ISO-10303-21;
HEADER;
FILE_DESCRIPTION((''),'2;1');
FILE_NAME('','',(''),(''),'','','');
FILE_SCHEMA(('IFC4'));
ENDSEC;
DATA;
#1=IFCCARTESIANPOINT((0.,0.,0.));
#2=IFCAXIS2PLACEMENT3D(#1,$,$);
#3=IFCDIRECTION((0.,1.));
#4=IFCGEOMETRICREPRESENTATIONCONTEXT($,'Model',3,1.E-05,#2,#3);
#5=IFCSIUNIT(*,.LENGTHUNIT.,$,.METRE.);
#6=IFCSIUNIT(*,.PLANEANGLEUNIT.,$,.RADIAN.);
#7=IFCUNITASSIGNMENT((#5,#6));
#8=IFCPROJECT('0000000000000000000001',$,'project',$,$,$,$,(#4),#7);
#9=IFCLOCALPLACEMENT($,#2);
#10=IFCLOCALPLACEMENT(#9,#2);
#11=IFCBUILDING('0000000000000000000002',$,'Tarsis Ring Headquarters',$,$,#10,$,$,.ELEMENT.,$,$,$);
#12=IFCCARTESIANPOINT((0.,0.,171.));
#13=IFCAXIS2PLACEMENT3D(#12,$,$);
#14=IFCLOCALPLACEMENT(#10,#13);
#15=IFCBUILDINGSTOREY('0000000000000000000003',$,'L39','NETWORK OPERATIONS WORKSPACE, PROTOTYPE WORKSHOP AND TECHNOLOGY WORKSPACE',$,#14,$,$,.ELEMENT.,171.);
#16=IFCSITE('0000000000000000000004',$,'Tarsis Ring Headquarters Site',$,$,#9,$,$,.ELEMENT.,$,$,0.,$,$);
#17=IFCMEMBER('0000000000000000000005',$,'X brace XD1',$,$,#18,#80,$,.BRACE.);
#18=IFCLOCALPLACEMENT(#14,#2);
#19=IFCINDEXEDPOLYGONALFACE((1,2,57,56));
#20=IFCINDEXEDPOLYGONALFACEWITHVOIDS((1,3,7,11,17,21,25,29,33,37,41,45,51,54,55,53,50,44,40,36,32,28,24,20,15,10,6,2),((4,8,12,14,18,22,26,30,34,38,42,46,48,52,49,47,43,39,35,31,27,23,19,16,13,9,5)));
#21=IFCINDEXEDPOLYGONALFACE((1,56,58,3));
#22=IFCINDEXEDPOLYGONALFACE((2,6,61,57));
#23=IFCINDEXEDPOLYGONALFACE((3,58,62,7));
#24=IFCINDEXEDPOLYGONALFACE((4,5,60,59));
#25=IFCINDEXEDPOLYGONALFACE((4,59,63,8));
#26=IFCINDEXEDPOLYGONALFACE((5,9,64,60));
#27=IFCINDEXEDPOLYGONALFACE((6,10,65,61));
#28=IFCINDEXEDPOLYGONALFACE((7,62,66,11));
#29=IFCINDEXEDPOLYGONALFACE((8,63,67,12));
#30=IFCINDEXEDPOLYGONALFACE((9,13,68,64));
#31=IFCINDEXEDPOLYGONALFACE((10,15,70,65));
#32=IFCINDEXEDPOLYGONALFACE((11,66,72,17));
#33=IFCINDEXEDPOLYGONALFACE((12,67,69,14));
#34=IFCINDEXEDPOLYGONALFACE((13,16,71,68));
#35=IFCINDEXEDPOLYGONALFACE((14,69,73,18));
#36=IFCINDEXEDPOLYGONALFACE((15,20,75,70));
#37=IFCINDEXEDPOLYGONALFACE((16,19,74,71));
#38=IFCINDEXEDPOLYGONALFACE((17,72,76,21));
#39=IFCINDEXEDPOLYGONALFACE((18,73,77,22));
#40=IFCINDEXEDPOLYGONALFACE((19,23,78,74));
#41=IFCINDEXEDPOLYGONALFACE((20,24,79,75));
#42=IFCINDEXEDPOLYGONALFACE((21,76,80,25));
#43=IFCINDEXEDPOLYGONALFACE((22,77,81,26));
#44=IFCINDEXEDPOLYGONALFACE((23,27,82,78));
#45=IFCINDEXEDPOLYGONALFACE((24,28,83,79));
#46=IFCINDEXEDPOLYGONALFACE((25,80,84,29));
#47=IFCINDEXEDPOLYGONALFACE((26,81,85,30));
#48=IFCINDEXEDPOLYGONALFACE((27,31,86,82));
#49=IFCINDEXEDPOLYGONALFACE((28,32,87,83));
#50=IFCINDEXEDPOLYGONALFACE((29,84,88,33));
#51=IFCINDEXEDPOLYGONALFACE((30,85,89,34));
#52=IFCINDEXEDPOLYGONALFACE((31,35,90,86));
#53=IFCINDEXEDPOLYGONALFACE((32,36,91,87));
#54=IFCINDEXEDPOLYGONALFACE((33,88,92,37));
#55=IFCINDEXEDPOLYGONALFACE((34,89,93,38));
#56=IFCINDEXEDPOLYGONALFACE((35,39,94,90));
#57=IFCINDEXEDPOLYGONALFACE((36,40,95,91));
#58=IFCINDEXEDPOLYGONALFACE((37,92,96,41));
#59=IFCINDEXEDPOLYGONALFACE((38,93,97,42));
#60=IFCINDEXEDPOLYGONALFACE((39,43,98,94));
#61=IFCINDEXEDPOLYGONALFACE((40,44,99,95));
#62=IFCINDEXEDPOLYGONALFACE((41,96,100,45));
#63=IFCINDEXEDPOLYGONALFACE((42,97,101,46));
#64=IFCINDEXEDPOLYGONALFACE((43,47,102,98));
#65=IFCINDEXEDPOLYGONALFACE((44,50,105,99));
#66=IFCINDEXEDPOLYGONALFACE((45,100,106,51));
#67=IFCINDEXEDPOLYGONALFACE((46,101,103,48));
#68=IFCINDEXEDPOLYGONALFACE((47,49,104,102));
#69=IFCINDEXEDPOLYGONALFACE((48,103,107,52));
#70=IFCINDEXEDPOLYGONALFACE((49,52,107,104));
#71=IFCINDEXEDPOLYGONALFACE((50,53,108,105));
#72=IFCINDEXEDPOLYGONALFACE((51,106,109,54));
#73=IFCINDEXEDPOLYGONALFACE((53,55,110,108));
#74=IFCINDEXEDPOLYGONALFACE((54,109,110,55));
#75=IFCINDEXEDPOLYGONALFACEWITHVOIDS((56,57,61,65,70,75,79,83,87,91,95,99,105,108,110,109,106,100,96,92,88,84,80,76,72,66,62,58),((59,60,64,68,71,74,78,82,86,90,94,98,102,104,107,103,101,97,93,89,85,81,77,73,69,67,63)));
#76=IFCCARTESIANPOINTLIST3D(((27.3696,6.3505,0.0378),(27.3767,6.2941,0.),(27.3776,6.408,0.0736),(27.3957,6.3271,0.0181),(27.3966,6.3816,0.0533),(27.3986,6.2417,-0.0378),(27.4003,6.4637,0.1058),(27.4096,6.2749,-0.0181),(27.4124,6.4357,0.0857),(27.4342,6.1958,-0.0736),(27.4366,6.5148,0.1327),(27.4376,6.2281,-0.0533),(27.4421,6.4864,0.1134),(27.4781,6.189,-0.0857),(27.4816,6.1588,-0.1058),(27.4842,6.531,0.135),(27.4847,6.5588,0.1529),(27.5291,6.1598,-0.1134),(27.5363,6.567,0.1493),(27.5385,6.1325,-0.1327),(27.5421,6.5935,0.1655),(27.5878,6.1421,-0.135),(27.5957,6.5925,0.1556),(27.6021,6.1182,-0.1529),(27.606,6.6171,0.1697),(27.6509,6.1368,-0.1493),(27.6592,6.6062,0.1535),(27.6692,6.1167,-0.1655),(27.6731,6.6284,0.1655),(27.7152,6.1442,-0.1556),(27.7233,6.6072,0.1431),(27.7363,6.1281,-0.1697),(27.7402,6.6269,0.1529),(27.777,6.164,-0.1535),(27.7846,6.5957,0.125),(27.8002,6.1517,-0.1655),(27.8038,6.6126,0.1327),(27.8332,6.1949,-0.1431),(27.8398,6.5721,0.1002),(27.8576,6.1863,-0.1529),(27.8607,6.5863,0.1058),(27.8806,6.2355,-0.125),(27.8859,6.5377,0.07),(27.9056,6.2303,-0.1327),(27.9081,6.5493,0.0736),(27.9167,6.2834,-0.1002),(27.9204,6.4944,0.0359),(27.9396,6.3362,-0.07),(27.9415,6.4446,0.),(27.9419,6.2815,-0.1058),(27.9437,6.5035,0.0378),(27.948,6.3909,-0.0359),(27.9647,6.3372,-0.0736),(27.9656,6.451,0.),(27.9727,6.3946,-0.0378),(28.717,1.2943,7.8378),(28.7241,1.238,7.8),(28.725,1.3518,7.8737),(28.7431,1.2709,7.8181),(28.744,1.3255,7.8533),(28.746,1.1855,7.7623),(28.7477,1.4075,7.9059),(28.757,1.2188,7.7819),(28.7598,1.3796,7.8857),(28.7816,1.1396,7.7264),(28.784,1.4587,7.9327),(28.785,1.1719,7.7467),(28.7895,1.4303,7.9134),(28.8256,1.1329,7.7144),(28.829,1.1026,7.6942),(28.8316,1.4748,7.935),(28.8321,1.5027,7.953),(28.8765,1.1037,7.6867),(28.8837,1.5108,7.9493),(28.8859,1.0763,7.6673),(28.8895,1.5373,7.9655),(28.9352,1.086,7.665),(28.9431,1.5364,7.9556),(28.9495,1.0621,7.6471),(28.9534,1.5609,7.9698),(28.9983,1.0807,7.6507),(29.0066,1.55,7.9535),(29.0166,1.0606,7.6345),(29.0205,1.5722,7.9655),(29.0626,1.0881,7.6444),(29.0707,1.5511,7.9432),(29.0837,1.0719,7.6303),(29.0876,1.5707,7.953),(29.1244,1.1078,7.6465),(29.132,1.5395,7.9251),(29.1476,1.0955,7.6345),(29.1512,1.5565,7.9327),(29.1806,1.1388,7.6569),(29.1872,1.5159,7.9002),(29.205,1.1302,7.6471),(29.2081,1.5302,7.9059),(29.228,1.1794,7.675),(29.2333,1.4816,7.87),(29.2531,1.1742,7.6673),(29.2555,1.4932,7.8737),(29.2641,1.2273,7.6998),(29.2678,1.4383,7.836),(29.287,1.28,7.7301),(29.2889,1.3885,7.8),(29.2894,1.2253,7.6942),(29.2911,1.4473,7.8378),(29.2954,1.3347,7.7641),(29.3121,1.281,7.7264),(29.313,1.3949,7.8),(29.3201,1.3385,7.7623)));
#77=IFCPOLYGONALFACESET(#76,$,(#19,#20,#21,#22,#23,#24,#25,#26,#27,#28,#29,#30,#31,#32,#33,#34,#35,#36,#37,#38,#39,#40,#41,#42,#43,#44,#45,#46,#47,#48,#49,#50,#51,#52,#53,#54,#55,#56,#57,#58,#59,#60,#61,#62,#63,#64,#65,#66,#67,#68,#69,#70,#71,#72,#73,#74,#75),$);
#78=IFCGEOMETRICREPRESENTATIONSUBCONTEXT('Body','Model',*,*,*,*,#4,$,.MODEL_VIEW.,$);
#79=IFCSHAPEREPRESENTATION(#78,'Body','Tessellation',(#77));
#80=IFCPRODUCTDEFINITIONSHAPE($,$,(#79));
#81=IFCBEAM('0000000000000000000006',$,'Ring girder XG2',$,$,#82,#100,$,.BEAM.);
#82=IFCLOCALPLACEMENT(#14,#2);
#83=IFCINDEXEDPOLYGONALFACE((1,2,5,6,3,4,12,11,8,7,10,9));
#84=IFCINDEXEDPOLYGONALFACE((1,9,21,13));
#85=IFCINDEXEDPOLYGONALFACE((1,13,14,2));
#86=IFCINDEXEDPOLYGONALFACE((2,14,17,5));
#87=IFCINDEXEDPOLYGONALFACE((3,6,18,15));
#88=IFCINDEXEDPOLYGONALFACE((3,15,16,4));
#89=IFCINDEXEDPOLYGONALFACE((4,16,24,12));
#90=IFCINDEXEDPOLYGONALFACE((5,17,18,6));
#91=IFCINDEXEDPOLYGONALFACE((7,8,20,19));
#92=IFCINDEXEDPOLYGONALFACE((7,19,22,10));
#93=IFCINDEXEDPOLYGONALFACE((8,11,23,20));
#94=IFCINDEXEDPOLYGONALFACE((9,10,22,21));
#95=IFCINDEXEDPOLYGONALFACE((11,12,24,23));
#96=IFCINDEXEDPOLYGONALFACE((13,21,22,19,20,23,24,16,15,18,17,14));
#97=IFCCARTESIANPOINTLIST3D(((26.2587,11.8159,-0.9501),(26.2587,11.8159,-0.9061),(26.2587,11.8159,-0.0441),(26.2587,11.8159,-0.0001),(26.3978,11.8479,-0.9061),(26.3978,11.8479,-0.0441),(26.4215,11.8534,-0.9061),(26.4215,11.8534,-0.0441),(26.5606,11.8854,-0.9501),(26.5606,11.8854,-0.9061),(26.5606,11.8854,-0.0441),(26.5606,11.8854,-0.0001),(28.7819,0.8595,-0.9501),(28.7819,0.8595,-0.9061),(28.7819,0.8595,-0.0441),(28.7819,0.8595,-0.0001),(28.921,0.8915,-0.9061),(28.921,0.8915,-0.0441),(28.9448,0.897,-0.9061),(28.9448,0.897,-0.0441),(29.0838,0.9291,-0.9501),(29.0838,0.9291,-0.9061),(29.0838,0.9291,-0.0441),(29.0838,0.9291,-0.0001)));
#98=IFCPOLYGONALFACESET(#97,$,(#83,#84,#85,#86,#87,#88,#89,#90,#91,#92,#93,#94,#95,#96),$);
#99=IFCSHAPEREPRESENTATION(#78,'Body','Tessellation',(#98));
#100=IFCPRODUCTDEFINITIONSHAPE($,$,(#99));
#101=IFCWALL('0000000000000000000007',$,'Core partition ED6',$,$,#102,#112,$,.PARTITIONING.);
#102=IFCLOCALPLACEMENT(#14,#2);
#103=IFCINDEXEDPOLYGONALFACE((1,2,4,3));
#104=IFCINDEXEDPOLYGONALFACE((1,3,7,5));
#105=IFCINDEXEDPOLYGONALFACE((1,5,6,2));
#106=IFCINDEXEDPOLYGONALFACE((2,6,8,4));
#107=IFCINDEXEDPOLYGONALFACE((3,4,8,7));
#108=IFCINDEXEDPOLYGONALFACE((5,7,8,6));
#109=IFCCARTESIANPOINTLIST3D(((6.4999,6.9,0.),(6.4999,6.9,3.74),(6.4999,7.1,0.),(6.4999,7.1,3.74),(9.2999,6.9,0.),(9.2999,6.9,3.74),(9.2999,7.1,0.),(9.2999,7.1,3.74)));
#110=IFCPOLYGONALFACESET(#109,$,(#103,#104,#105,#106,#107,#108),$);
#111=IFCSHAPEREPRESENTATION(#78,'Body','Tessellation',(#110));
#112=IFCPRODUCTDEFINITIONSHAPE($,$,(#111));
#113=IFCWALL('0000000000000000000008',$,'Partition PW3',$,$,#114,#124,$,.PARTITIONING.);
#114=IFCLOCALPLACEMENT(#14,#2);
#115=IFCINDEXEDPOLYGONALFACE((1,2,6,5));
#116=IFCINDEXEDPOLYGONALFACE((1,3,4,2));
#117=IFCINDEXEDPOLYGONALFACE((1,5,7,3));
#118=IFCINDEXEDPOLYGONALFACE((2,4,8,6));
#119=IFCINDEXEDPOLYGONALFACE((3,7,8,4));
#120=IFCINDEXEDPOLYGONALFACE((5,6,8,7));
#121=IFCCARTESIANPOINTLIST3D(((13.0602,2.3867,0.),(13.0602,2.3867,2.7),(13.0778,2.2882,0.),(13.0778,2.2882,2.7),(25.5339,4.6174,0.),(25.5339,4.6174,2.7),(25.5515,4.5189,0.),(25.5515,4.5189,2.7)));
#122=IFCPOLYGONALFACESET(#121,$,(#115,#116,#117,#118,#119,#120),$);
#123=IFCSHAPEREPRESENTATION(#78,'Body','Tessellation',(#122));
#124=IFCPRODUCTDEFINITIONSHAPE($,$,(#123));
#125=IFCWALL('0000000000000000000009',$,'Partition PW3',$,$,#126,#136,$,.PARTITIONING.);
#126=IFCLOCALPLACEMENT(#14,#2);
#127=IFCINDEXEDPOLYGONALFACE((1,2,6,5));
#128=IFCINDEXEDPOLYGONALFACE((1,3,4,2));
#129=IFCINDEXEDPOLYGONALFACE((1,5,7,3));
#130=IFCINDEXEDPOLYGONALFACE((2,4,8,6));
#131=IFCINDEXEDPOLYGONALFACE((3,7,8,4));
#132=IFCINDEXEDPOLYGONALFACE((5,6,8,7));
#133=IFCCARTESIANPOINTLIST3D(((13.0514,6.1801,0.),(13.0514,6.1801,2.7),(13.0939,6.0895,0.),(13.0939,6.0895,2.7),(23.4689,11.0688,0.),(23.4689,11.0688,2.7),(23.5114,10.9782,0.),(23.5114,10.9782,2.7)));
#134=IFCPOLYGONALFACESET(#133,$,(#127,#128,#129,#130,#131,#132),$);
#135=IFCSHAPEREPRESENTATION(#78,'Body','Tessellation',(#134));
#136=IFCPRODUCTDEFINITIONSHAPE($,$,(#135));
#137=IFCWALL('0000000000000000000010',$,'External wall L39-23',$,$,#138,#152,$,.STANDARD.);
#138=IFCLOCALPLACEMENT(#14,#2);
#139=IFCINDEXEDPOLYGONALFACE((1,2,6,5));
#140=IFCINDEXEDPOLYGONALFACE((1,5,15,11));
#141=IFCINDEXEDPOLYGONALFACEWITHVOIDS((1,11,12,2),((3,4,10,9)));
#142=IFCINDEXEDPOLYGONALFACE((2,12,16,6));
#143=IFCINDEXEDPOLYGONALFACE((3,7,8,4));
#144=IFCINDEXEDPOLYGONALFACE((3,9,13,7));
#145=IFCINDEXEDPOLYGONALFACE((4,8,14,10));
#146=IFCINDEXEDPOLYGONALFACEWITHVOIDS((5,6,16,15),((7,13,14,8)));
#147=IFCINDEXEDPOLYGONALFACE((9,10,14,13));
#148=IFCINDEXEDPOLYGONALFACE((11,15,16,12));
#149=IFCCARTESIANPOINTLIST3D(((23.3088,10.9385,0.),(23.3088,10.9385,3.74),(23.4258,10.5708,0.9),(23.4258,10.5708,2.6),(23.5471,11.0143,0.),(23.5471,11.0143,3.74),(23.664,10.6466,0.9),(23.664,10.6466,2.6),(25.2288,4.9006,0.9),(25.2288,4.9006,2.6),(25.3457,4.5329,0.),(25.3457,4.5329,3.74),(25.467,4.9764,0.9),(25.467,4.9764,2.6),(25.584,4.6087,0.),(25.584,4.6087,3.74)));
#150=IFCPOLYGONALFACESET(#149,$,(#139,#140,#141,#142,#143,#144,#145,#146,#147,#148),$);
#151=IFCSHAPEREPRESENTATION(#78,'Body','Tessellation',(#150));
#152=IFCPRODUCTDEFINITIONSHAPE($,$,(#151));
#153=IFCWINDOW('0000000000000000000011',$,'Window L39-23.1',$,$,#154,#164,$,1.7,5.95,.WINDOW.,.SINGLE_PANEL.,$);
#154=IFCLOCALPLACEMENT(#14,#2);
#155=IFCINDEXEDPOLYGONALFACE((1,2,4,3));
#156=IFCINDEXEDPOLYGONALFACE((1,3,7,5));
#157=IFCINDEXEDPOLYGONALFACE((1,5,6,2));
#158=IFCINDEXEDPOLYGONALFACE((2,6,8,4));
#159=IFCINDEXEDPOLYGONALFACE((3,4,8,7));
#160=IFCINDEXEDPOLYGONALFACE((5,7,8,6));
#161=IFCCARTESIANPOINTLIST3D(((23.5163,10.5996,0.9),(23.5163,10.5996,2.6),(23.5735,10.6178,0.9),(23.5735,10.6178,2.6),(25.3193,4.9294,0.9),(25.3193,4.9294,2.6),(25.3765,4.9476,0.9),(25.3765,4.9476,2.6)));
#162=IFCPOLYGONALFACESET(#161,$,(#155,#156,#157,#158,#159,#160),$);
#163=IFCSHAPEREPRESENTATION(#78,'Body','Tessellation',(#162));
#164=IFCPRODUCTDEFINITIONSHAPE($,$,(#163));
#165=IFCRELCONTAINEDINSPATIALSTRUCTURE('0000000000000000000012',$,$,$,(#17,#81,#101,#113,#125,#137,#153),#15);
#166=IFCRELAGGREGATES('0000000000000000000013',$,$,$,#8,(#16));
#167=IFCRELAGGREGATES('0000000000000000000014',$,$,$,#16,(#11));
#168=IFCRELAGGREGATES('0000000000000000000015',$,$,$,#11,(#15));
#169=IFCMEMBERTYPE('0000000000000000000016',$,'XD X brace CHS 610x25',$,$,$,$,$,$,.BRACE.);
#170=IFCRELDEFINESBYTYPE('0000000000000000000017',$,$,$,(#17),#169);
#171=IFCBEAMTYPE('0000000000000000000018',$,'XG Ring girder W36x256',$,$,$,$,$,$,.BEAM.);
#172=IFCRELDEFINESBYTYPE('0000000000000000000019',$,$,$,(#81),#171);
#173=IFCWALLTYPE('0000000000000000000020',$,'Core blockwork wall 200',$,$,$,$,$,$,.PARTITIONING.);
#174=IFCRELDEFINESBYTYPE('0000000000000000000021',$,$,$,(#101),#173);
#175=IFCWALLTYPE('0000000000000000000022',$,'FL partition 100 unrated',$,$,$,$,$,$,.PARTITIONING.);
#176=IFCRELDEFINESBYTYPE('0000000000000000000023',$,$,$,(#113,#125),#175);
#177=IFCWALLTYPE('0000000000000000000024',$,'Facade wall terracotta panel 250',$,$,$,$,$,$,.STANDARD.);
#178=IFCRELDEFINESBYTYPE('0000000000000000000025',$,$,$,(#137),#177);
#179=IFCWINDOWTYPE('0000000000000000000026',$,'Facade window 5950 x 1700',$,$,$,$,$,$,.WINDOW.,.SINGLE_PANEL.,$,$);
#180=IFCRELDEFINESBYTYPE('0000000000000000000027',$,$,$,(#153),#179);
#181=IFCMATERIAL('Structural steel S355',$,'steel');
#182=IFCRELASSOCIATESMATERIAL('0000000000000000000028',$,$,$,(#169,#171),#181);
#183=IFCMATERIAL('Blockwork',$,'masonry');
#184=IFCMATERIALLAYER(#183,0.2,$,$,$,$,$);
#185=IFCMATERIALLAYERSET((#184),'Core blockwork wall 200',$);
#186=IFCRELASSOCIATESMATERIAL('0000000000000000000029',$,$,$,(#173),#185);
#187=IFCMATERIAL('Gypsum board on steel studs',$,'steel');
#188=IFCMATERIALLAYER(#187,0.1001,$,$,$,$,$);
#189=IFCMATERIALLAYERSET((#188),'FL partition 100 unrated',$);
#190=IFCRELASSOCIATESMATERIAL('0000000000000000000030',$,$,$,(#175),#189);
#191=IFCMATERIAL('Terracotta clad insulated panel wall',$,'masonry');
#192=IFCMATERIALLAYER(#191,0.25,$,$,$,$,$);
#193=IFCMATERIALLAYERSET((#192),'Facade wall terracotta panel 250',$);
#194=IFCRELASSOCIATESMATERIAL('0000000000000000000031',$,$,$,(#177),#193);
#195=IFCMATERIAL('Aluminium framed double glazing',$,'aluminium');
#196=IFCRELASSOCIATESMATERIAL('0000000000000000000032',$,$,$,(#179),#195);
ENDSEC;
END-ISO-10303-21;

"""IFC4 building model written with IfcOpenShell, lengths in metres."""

from ifc_helpers import new_model, si_unit, direction, frame, frame_2d, origin, origin_2d, place, context, subcontext, project, spatial, rectangle, hollow_circle, i_section, extrude, material, layer, layer_set, material_profile, profile_set, type_object, element, fill, save


model = new_model("IFC4")

# Units and contexts
model_context = context("Model", 3, precision=1e-05, world=origin(), true_north=direction((0.0, 1.0)))
body_context = subcontext(model_context, "Body", "Model", "MODEL_VIEW")
ifc_project = project(units=[si_unit("LENGTHUNIT", "METRE"), si_unit("PLANEANGLEUNIT", "RADIAN")], contexts=[model_context])

# Site, building, storey
site_placement = place(None, origin())
site = spatial("IfcSite", under=ifc_project, at=site_placement, Name="Tarsis Ring Headquarters Site", CompositionType="ELEMENT", RefElevation=0.0)
building_placement = place(site_placement, origin())
building = spatial("IfcBuilding", under=site, at=building_placement, Name="Tarsis Ring Headquarters", CompositionType="ELEMENT")
storey_placement = place(building_placement, frame((0.0, 0.0, 171.0)))
storey = spatial("IfcBuildingStorey", under=building, at=storey_placement, Name="L39", Description="NETWORK OPERATIONS WORKSPACE, PROTOTYPE WORKSHOP AND TECHNOLOGY WORKSPACE", CompositionType="ELEMENT", Elevation=171.0)

# Shared definitions
ifc_material_1 = material(Name="Structural steel S355", Category="steel")

# Shared definitions
ifc_material_profile_1 = material_profile(ifc_material_1, i_section(OverallWidth=0.3098, OverallDepth=0.95, WebThickness=0.0244, FlangeThickness=0.0439, at=origin_2d()), Name="W36x256")
ifc_profile_set_1 = profile_set([ifc_material_profile_1], Name="Structural steel S355")

# Member
ifc_material_profile_2 = material_profile(ifc_material_1, hollow_circle(Radius=0.3047, WallThickness=0.0249, at=origin_2d()), Name="CHS 610x25")
ifc_profile_set_2 = profile_set([ifc_material_profile_2], Name="Structural steel S355")
member_type = type_object("IfcMemberType", Name="XD X brace CHS 610x25", PredefinedType="BRACE", material=ifc_profile_set_2)
member_1_placement = place(storey_placement, frame((27.6711, 6.3726, 0.0), z_axis=(0.143455, -0.538312, 0.830446), x_axis=(0.966278, 0.257503, 0.0)))
element("IfcMember", 1, at=member_1_placement, inside=storey, type_object=member_type, Name="X brace XD1", PredefinedType="BRACE", context=body_context, shape_type="SweptSolid", body=[
    extrude(hollow_circle(Radius=0.3047, WallThickness=0.0249, at=origin_2d()), origin(), (0.0, 0.0, 1.0), 9.3926),
])

# Beam
beam_type_1 = type_object("IfcBeamType", Name="XG Ring girder W36x256", PredefinedType="BEAM", material=ifc_profile_set_1)
beam_1_placement = place(storey_placement, frame((28.9329, 0.8943, -0.4751), z_axis=(-0.224422, 0.974492, 0.0), x_axis=(-0.974492, -0.224422, 0.0)))
element("IfcBeam", 2, at=beam_1_placement, inside=storey, type_object=beam_type_1, Name="Ring girder XG2", PredefinedType="BEAM", context=body_context, shape_type="SweptSolid", body=[
    extrude(i_section(OverallWidth=0.3098, OverallDepth=0.95, WebThickness=0.0244, FlangeThickness=0.0439, at=origin_2d()), origin(), (0.0, 0.0, 1.0), 11.2432),
])

# Walls
ifc_material_2 = material(Name="Blockwork", Category="masonry")
ifc_layer_1 = layer(ifc_material_2, 0.2)
ifc_layer_set_1 = layer_set([ifc_layer_1], Name="Core blockwork wall 200")
wall_type_1 = type_object("IfcWallType", Name="Core blockwork wall 200", PredefinedType="PARTITIONING", material=ifc_layer_set_1)
wall_1_placement = place(storey_placement, frame((6.5, 7.0, 0.0), z_axis=(0.0, 0.0, 1.0), x_axis=(1.0, 0.0, 0.0)))
element("IfcWall", 3, at=wall_1_placement, inside=storey, type_object=wall_type_1, Name="Core partition ED6", PredefinedType="PARTITIONING", context=body_context, shape_type="SweptSolid", body=[
    extrude(rectangle(XDim=2.8, YDim=0.2, at=frame_2d((1.3999, 0.0))), origin(), (0.0, 0.0, 1.0), 3.74),
])
ifc_material_3 = material(Name="Gypsum board on steel studs", Category="steel")
ifc_layer_2 = layer(ifc_material_3, 0.1001)
ifc_layer_set_2 = layer_set([ifc_layer_2], Name="FL partition 100 unrated")
wall_type_2 = type_object("IfcWallType", Name="FL partition 100 unrated", PredefinedType="PARTITIONING", material=ifc_layer_set_2)
wall_2_placement = place(storey_placement, frame((13.0688, 2.3374, 0.0), z_axis=(0.0, 0.0, 1.0), x_axis=(0.984383, 0.176041, 0.0)))
element("IfcWall", 4, at=wall_2_placement, inside=storey, type_object=wall_type_2, Name="Partition PW3", PredefinedType="PARTITIONING", context=body_context, shape_type="SweptSolid", body=[
    extrude(rectangle(XDim=12.6716, YDim=0.1001, at=frame_2d((6.3359, 0.0))), origin(), (0.0, 0.0, 1.0), 2.7),
])
wall_3_placement = place(storey_placement, frame((13.0725, 6.1348, 0.0), z_axis=(0.0, 0.0, 1.0), x_axis=(0.905276, 0.424824, 0.0)))
element("IfcWall", 5, at=wall_3_placement, inside=storey, type_object=wall_type_2, Name="Partition PW3", PredefinedType="PARTITIONING", context=body_context, shape_type="SweptSolid", body=[
    extrude(rectangle(XDim=11.5076, YDim=0.1001, at=frame_2d((5.7539, 0.0))), origin(), (0.0, 0.0, 1.0), 2.7),
])

# Wall, opening, window
ifc_material_4 = material(Name="Terracotta clad insulated panel wall", Category="masonry")
ifc_layer_3 = layer(ifc_material_4, 0.25)
ifc_layer_set_3 = layer_set([ifc_layer_3], Name="Facade wall terracotta panel 250")
wall_type_3 = type_object("IfcWallType", Name="Facade wall terracotta panel 250", PredefinedType="STANDARD", material=ifc_layer_set_3)
wall_4_placement = place(storey_placement, frame((25.4648, 4.5708, 0.0), z_axis=(0.0, 0.0, 1.0), x_axis=(-0.303034, 0.95298, 0.0)))
wall_4 = element("IfcWall", 6, at=wall_4_placement, inside=storey, type_object=wall_type_3, Name="External wall L39-23", PredefinedType="STANDARD", context=body_context, shape_type="SweptSolid", body=[
    extrude(rectangle(XDim=6.7217, YDim=0.25, at=frame_2d((3.3608, 0.0))), origin(), (0.0, 0.0, 1.0), 3.74),
])
opening_1_placement = place(wall_4_placement, frame((0.3857, 0.0, 0.8999)))
opening_1 = element("IfcOpeningElement", 7, at=opening_1_placement, cuts=wall_4, PredefinedType="OPENING", context=body_context, shape_type="SweptSolid", body=[
    extrude(rectangle(XDim=5.95, YDim=1.7, at=frame_2d((2.9751, 0.8501))), frame((0.0, 0.135, 0.0), z_axis=(0.0, -1.0, 0.0), x_axis=(1.0, 0.0, 0.0)), (0.0, 0.0, 1.0), 0.27),
])
ifc_material_5 = material(Name="Aluminium framed double glazing", Category="aluminium")
window_type = type_object("IfcWindowType", Name="Facade window 5950 x 1700", PartitioningType="SINGLE_PANEL", PredefinedType="WINDOW", material=ifc_material_5)
window_1_placement = place(opening_1_placement, origin())
window_1 = element("IfcWindow", 8, at=window_1_placement, inside=storey, type_object=window_type, Name="Window L39-23.1", OverallHeight=1.7, OverallWidth=5.95, PartitioningType="SINGLE_PANEL", PredefinedType="WINDOW", context=body_context, shape_type="SweptSolid", body=[
    extrude(rectangle(XDim=5.95, YDim=1.7, at=frame_2d((2.9751, 0.8501))), frame((0.0, 0.03, 0.0), z_axis=(0.0, -1.0, 0.0), x_axis=(1.0, 0.0, 0.0)), (0.0, 0.0, 1.0), 0.0601),
])
fill(opening_1, window_1)

save(model, "model.ifc")
